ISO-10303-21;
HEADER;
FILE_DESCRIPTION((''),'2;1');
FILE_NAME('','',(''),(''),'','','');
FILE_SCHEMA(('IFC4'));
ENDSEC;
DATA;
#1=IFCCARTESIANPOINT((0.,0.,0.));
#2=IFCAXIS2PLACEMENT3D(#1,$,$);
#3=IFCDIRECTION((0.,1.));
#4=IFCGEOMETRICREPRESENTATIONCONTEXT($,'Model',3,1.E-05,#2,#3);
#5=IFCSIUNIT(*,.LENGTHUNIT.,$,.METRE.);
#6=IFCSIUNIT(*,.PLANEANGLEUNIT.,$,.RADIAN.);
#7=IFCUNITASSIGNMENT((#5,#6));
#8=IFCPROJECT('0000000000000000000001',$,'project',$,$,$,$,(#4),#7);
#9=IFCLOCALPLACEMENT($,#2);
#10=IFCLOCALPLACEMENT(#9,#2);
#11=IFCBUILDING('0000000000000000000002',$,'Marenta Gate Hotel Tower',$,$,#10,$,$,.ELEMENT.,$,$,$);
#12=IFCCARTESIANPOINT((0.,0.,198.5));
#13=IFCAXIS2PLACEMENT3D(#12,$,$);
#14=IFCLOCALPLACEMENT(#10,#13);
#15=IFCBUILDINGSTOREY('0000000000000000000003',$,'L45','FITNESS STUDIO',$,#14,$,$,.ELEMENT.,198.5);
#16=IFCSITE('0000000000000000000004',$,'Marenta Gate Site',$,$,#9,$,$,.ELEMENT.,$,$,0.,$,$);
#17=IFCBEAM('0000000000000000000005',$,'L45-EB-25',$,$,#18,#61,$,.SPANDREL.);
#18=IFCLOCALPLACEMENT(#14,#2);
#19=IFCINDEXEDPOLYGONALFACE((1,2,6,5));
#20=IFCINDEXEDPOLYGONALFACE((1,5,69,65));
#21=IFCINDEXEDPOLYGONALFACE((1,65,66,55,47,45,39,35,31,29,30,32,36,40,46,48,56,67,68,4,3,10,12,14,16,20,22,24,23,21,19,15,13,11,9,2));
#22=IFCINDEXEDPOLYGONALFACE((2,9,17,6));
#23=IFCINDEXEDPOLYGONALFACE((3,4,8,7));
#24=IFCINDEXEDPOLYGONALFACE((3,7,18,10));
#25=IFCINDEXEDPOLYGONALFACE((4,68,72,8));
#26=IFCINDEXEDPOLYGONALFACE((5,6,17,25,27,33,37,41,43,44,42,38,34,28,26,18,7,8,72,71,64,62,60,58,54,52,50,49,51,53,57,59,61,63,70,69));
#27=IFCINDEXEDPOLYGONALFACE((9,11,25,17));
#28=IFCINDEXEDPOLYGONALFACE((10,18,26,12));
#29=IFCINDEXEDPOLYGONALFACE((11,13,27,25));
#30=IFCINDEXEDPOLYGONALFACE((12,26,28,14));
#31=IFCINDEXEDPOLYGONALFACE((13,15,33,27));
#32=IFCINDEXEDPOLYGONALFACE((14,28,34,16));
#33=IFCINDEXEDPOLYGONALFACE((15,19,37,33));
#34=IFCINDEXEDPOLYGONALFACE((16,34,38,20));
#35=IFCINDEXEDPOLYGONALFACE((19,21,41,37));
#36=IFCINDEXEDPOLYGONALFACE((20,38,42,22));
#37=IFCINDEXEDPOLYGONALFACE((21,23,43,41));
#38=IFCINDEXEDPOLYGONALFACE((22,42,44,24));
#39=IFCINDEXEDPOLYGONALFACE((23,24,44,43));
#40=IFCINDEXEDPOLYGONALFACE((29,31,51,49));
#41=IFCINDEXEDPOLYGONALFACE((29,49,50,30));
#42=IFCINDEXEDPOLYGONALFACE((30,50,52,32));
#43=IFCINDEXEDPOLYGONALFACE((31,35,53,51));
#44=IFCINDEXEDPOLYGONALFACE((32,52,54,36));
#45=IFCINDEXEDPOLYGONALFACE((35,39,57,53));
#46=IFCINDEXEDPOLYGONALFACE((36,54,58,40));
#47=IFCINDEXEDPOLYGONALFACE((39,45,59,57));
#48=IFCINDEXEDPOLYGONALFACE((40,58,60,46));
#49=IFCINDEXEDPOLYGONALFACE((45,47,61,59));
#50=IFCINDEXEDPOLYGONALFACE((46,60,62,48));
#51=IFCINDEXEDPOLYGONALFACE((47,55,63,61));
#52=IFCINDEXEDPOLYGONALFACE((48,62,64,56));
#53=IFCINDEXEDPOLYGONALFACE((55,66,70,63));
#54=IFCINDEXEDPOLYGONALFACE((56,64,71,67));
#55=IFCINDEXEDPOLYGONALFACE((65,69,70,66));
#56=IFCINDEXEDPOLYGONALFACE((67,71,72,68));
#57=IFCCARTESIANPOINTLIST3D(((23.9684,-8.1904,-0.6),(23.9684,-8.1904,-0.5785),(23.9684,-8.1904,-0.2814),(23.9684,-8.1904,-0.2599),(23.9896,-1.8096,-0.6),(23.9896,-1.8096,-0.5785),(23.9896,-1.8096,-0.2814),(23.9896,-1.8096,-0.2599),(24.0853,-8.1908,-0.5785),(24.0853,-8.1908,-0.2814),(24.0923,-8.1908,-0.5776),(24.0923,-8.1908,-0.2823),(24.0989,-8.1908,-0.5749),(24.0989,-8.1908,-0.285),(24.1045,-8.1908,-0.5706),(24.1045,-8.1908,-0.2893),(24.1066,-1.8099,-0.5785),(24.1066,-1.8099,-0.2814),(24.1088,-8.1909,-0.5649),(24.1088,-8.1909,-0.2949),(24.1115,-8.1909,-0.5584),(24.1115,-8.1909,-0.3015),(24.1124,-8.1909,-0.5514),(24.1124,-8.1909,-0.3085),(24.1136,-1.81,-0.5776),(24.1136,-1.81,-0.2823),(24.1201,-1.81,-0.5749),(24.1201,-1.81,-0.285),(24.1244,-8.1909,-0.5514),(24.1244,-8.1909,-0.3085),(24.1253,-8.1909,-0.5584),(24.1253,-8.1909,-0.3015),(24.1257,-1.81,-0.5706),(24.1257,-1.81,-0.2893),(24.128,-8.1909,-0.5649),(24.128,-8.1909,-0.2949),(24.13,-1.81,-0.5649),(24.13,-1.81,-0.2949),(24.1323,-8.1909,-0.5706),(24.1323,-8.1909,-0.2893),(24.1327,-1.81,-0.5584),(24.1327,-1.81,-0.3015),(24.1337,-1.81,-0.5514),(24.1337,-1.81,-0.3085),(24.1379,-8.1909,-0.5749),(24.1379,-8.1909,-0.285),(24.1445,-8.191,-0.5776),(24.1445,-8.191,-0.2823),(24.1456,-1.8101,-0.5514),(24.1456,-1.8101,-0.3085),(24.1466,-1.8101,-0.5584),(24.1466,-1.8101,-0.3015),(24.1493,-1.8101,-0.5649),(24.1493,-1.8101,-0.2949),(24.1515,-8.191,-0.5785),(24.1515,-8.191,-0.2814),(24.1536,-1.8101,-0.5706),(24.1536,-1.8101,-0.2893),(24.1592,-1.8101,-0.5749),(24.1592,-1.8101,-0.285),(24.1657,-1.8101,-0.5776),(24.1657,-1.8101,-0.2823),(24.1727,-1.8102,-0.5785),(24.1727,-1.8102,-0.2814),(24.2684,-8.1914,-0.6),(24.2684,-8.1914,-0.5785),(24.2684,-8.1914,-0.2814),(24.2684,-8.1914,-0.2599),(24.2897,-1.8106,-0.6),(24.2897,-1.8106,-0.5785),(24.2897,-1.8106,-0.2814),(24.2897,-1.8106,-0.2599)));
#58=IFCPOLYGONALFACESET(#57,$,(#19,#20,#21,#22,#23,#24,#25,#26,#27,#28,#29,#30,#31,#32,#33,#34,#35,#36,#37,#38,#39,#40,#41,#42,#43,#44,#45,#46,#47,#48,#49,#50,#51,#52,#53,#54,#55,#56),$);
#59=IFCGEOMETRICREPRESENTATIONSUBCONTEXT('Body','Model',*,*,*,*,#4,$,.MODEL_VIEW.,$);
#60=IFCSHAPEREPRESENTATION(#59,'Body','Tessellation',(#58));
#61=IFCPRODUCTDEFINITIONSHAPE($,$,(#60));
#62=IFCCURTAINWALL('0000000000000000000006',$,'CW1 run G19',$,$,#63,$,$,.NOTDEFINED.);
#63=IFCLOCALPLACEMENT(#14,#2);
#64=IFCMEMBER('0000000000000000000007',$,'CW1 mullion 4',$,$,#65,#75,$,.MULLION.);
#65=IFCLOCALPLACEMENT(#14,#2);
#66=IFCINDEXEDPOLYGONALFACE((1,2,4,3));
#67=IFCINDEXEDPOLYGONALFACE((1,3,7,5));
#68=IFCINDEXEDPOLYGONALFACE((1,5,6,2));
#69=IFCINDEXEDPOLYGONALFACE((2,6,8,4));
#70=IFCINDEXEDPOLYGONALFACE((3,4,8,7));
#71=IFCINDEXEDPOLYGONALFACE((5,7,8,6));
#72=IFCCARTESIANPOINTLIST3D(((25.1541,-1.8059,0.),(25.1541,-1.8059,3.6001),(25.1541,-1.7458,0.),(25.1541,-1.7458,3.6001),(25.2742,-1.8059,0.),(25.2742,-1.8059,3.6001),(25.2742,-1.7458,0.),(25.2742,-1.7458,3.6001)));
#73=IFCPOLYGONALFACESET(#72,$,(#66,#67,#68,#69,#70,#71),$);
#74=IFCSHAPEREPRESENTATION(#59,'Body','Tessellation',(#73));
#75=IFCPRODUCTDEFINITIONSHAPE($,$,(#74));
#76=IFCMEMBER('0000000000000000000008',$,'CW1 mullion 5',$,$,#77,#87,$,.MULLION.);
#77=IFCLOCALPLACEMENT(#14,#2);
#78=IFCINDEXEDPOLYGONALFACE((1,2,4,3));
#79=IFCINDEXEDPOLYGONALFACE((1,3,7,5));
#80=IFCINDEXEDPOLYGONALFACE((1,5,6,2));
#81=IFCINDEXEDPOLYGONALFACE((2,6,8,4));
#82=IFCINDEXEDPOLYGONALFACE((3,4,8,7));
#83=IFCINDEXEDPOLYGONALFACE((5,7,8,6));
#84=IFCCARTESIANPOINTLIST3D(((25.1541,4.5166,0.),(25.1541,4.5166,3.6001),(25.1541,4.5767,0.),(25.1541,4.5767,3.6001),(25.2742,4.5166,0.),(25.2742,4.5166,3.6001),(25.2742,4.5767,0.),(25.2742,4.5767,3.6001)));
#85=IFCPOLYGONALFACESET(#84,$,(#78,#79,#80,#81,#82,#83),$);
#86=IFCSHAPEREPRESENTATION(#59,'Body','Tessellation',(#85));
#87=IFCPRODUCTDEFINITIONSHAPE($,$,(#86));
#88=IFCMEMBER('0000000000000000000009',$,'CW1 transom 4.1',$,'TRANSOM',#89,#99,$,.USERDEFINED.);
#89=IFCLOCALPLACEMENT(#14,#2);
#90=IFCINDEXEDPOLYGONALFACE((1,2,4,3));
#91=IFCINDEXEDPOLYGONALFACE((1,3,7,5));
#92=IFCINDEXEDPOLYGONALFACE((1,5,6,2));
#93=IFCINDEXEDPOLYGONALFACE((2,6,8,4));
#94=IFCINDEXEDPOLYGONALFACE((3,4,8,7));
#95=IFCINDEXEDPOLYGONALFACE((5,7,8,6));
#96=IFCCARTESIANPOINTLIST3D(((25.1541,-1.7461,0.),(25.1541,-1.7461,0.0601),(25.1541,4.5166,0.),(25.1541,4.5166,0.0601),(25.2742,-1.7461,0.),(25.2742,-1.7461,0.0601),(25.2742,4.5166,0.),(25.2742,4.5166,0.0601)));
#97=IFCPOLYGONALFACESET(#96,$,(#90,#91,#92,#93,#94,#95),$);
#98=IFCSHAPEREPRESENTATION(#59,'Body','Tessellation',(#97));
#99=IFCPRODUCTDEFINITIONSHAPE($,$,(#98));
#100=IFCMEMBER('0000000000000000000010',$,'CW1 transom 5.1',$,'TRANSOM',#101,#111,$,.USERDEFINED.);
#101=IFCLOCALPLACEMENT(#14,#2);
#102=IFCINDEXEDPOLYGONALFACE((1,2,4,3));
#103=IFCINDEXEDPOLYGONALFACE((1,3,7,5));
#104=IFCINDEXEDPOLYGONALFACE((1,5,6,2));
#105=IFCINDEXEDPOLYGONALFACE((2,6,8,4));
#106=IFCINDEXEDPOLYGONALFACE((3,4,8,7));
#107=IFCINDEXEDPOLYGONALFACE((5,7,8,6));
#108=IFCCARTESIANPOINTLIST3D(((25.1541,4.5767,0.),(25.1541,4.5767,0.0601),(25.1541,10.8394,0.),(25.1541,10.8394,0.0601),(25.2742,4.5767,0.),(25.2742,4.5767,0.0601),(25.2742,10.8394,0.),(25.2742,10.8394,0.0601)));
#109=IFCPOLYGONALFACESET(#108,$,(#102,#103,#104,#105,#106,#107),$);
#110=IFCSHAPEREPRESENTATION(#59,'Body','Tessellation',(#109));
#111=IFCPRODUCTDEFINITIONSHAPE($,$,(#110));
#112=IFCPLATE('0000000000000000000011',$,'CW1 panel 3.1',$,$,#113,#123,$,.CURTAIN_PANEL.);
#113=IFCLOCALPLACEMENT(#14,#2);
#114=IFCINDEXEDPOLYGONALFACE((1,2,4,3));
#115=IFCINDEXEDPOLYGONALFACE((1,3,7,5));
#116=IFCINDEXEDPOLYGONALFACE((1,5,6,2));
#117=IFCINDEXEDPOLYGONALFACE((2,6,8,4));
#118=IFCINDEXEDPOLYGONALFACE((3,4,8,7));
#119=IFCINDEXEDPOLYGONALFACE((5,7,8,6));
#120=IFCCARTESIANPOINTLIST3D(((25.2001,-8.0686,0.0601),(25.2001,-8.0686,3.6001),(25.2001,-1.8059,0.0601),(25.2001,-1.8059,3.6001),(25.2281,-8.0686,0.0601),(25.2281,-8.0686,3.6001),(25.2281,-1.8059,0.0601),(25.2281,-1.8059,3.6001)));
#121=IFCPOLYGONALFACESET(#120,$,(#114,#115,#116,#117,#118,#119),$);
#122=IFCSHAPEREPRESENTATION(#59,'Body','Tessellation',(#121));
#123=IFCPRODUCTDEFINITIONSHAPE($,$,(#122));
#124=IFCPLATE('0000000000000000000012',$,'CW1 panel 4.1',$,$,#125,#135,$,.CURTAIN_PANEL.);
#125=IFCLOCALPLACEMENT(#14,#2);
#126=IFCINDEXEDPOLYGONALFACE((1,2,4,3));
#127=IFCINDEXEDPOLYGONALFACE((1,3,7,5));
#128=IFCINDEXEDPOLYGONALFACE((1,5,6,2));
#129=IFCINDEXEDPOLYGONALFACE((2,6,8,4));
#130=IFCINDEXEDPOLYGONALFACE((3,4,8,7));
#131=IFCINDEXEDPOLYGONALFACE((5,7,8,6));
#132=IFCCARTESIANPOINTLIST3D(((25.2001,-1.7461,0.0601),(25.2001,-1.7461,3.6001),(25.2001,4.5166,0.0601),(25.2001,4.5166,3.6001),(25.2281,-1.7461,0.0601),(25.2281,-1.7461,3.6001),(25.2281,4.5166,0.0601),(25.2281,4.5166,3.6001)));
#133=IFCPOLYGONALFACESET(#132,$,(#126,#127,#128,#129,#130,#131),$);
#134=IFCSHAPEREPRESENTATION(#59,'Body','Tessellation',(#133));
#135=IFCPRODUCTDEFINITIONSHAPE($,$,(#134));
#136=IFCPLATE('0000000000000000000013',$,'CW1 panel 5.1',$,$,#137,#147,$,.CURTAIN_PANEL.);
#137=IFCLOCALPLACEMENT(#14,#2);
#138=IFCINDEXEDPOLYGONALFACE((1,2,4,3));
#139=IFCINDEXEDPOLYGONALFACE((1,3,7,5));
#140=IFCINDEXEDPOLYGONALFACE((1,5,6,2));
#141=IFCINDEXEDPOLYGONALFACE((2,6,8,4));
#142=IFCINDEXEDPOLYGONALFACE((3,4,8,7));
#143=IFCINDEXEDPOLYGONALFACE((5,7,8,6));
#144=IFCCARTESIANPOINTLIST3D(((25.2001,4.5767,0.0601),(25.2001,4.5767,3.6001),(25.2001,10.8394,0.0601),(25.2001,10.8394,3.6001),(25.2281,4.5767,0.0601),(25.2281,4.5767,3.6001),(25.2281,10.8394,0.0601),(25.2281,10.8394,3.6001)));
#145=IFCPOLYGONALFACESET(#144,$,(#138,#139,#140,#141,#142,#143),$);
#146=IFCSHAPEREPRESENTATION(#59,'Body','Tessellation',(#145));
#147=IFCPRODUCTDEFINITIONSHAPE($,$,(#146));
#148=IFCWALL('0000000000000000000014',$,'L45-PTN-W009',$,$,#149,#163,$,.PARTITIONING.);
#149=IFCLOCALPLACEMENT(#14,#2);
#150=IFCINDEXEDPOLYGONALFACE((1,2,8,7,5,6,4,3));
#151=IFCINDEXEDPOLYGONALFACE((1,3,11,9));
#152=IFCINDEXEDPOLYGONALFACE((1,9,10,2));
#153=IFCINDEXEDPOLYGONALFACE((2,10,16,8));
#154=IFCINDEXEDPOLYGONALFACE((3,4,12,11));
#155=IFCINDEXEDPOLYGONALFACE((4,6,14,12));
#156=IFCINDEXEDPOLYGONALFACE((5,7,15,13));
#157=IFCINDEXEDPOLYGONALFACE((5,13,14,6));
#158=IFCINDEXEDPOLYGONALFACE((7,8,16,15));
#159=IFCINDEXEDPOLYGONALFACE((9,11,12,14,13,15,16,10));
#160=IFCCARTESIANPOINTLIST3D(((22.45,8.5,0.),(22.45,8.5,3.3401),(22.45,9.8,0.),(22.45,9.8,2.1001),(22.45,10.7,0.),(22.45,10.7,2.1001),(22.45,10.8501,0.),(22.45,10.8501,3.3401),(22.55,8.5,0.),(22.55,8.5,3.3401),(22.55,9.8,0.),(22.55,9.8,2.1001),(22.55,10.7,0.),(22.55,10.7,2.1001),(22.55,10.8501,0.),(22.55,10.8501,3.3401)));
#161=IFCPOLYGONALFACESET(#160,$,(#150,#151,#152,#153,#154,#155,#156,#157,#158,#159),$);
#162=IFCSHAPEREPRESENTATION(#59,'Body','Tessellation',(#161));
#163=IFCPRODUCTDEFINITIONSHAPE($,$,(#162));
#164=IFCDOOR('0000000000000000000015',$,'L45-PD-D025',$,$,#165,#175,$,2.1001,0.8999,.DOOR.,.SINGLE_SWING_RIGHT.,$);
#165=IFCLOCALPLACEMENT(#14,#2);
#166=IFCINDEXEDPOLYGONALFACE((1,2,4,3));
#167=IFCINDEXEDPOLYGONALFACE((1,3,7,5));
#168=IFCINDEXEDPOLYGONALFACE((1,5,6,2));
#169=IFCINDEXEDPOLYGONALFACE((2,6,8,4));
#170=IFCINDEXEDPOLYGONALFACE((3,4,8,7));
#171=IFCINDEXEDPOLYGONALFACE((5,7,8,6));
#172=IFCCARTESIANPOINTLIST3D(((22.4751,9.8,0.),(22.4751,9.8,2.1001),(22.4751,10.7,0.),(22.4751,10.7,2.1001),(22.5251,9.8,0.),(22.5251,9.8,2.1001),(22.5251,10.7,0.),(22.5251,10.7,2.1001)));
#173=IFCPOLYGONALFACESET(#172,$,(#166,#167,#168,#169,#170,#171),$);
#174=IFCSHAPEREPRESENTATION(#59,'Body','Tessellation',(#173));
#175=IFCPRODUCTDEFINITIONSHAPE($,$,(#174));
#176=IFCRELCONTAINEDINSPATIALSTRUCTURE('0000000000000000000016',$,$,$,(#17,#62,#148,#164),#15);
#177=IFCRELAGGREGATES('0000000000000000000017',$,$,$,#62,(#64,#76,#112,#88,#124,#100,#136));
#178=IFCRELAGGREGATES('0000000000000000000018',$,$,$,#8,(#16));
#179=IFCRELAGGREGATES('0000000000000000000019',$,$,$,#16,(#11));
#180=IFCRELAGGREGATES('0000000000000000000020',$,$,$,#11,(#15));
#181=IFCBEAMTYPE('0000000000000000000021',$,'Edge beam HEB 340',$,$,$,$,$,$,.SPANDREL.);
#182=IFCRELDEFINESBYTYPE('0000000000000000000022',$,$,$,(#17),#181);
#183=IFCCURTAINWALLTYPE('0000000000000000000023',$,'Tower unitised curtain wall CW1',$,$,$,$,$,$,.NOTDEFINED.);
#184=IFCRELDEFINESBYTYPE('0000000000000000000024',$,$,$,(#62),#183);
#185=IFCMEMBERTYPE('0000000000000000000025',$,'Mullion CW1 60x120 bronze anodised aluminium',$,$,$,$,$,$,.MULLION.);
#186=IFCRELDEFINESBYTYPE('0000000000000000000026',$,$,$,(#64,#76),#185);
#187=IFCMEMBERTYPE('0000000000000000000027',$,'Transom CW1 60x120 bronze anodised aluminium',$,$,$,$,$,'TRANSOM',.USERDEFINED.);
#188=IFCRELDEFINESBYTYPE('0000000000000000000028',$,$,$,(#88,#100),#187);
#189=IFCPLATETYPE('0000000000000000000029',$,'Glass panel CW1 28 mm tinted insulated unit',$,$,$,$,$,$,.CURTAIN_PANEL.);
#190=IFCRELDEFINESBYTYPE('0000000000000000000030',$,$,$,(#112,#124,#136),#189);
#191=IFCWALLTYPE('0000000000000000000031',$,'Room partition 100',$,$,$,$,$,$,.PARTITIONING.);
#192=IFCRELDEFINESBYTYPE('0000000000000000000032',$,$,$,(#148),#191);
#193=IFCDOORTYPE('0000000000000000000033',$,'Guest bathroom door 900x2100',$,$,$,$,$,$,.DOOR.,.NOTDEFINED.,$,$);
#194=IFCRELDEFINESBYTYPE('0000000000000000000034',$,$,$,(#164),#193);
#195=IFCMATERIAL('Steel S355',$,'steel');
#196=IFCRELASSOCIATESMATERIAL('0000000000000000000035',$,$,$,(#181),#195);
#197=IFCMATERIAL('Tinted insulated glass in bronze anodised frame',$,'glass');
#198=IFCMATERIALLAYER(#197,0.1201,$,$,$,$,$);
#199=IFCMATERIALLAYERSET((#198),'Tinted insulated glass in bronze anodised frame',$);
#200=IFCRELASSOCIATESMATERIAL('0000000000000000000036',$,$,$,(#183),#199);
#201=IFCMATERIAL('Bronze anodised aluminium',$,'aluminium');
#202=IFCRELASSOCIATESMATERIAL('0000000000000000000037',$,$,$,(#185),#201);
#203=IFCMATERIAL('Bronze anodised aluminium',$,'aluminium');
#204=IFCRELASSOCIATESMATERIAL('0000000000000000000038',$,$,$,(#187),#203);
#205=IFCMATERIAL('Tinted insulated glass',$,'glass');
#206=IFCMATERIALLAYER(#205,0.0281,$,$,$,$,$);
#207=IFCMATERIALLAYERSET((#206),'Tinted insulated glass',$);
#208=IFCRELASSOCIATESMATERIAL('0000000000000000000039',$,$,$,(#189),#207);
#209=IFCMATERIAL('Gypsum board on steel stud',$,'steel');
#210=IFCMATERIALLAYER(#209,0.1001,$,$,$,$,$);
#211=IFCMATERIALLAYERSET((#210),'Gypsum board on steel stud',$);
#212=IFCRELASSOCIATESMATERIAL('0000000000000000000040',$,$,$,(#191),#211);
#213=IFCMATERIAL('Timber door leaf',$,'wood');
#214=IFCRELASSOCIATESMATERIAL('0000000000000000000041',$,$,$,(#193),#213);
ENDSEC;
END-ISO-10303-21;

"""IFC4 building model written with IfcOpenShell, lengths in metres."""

from ifc_helpers import new_model, si_unit, direction, frame, frame_2d, origin, origin_2d, place, context, subcontext, project, spatial, rectangle, i_section, extrude, material, layer, layer_set, material_profile, profile_set, type_object, element, fill, aggregate, save


model = new_model("IFC4")

# Units and contexts
model_context = context("Model", 3, precision=1e-05, world=origin(), true_north=direction((0.0, 1.0)))
body_context = subcontext(model_context, "Body", "Model", "MODEL_VIEW")
ifc_project = project(units=[si_unit("LENGTHUNIT", "METRE"), si_unit("PLANEANGLEUNIT", "RADIAN")], contexts=[model_context])

# Site, building, storey
site_placement = place(None, origin())
site = spatial("IfcSite", under=ifc_project, at=site_placement, Name="Marenta Gate Site", CompositionType="ELEMENT", RefElevation=0.0)
building_placement = place(site_placement, origin())
building = spatial("IfcBuilding", under=site, at=building_placement, Name="Marenta Gate Hotel Tower", CompositionType="ELEMENT")
storey_placement = place(building_placement, frame((0.0, 0.0, 198.5)))
storey = spatial("IfcBuildingStorey", under=building, at=storey_placement, Name="L45", Description="FITNESS STUDIO", CompositionType="ELEMENT", Elevation=198.5)

# Beam
ifc_material_1 = material(Name="Steel S355", Category="steel")
ifc_material_profile_1 = material_profile(ifc_material_1, i_section(OverallWidth=0.3, OverallDepth=0.3401, WebThickness=0.012, FlangeThickness=0.0215, FilletRadius=0.0271, at=origin_2d()), Name="HEB 340")
ifc_profile_set_1 = profile_set([ifc_material_profile_1], Name="Steel S355")
beam_type = type_object("IfcBeamType", Name="Edge beam HEB 340", PredefinedType="SPANDREL", material=ifc_profile_set_1)
beam_1_placement = place(storey_placement, frame((24.1396, -1.8101, -0.4299), z_axis=(-0.003329, -0.999994, 0.0), x_axis=(0.999994, -0.003329, 0.0)))
element("IfcBeam", 1, at=beam_1_placement, inside=storey, type_object=beam_type, Name="L45-EB-25", PredefinedType="SPANDREL", context=body_context, shape_type="SweptSolid", body=[
    extrude(i_section(OverallWidth=0.3, OverallDepth=0.3401, WebThickness=0.012, FlangeThickness=0.0215, FilletRadius=0.0271, at=origin_2d()), origin(), (0.0, 0.0, 1.0), 6.3809),
])

# Curtain wall, members, plates
ifc_material_2 = material(Name="Tinted insulated glass in bronze anodised frame", Category="glass")
ifc_layer_1 = layer(ifc_material_2, 0.1201)
ifc_layer_set_1 = layer_set([ifc_layer_1], Name="Tinted insulated glass in bronze anodised frame")
curtain_wall_type = type_object("IfcCurtainWallType", Name="Tower unitised curtain wall CW1", PredefinedType="NOTDEFINED", material=ifc_layer_set_1)
curtain_wall_placement = place(storey_placement, origin())
curtain_wall = element("IfcCurtainWall", 2, at=curtain_wall_placement, inside=storey, type_object=curtain_wall_type, Name="CW1 run G19", PredefinedType="NOTDEFINED")
ifc_material_3 = material(Name="Bronze anodised aluminium", Category="aluminium")
ifc_material_profile_2 = material_profile(ifc_material_3, rectangle(XDim=0.1201, YDim=0.0601, at=origin_2d()), Name="Mullion CW1 60x120 bronze anodised aluminium")
ifc_profile_set_2 = profile_set([ifc_material_profile_2], Name="Bronze anodised aluminium")
member_type_1 = type_object("IfcMemberType", Name="Mullion CW1 60x120 bronze anodised aluminium", PredefinedType="MULLION", material=ifc_profile_set_2)
member_1_placement = place(storey_placement, frame((25.2141, -1.7759, 0.0), z_axis=(0.0, 0.0, 1.0), x_axis=(-1.0, 0.0, 0.0)))
member_1 = element("IfcMember", 3, at=member_1_placement, type_object=member_type_1, Name="CW1 mullion 4", PredefinedType="MULLION", context=body_context, shape_type="SweptSolid", body=[
    extrude(rectangle(XDim=0.1201, YDim=0.0601, at=origin_2d()), origin(), (0.0, 0.0, 1.0), 3.6001),
])
member_2_placement = place(storey_placement, frame((25.2141, 4.5466, 0.0), z_axis=(0.0, 0.0, 1.0), x_axis=(-1.0, 0.0, 0.0)))
member_2 = element("IfcMember", 4, at=member_2_placement, type_object=member_type_1, Name="CW1 mullion 5", PredefinedType="MULLION", context=body_context, shape_type="SweptSolid", body=[
    extrude(rectangle(XDim=0.1201, YDim=0.0601, at=origin_2d()), origin(), (0.0, 0.0, 1.0), 3.6001),
])
ifc_material_4 = material(Name="Bronze anodised aluminium", Category="aluminium")
ifc_material_profile_3 = material_profile(ifc_material_4, rectangle(XDim=0.1201, YDim=0.0601, at=origin_2d()), Name="Transom CW1 60x120 bronze anodised aluminium")
ifc_profile_set_3 = profile_set([ifc_material_profile_3], Name="Bronze anodised aluminium")
member_type_2 = type_object("IfcMemberType", Name="Transom CW1 60x120 bronze anodised aluminium", ElementType="TRANSOM", PredefinedType="USERDEFINED", material=ifc_profile_set_3)
member_3_placement = place(storey_placement, frame((25.2141, -1.7461, 0.03), z_axis=(0.0, 1.0, 0.0), x_axis=(-1.0, 0.0, 0.0)))
member_3 = element("IfcMember", 5, at=member_3_placement, type_object=member_type_2, Name="CW1 transom 4.1", ObjectType="TRANSOM", PredefinedType="USERDEFINED", context=body_context, shape_type="SweptSolid", body=[
    extrude(rectangle(XDim=0.1201, YDim=0.0601, at=origin_2d()), origin(), (0.0, 0.0, 1.0), 6.2627),
])
member_4_placement = place(storey_placement, frame((25.2141, 4.5767, 0.03), z_axis=(0.0, 1.0, 0.0), x_axis=(-1.0, 0.0, 0.0)))
member_4 = element("IfcMember", 6, at=member_4_placement, type_object=member_type_2, Name="CW1 transom 5.1", ObjectType="TRANSOM", PredefinedType="USERDEFINED", context=body_context, shape_type="SweptSolid", body=[
    extrude(rectangle(XDim=0.1201, YDim=0.0601, at=origin_2d()), origin(), (0.0, 0.0, 1.0), 6.2627),
])
ifc_material_5 = material(Name="Tinted insulated glass", Category="glass")
ifc_layer_2 = layer(ifc_material_5, 0.0281)
ifc_layer_set_2 = layer_set([ifc_layer_2], Name="Tinted insulated glass")
plate_type = type_object("IfcPlateType", Name="Glass panel CW1 28 mm tinted insulated unit", PredefinedType="CURTAIN_PANEL", material=ifc_layer_set_2)
plate_1_placement = place(storey_placement, frame((25.2141, -4.9373, 0.0601), z_axis=(0.0, 0.0, 1.0), x_axis=(0.0, 1.0, 0.0)))
plate_1 = element("IfcPlate", 7, at=plate_1_placement, type_object=plate_type, Name="CW1 panel 3.1", PredefinedType="CURTAIN_PANEL", context=body_context, shape_type="SweptSolid", body=[
    extrude(rectangle(XDim=6.2627, YDim=0.0281, at=origin_2d()), origin(), (0.0, 0.0, 1.0), 3.54),
])
plate_2_placement = place(storey_placement, frame((25.2141, 1.3853, 0.0601), z_axis=(0.0, 0.0, 1.0), x_axis=(0.0, 1.0, 0.0)))
plate_2 = element("IfcPlate", 8, at=plate_2_placement, type_object=plate_type, Name="CW1 panel 4.1", PredefinedType="CURTAIN_PANEL", context=body_context, shape_type="SweptSolid", body=[
    extrude(rectangle(XDim=6.2627, YDim=0.0281, at=origin_2d()), origin(), (0.0, 0.0, 1.0), 3.54),
])
plate_3_placement = place(storey_placement, frame((25.2141, 7.708, 0.0601), z_axis=(0.0, 0.0, 1.0), x_axis=(0.0, 1.0, 0.0)))
plate_3 = element("IfcPlate", 9, at=plate_3_placement, type_object=plate_type, Name="CW1 panel 5.1", PredefinedType="CURTAIN_PANEL", context=body_context, shape_type="SweptSolid", body=[
    extrude(rectangle(XDim=6.2627, YDim=0.0281, at=origin_2d()), origin(), (0.0, 0.0, 1.0), 3.54),
])
aggregate(curtain_wall, [member_1, member_2, plate_1, member_3, plate_2, member_4, plate_3])

# Wall, opening, door
ifc_material_6 = material(Name="Gypsum board on steel stud", Category="steel")
ifc_layer_3 = layer(ifc_material_6, 0.1001)
ifc_layer_set_3 = layer_set([ifc_layer_3], Name="Gypsum board on steel stud")
wall_type = type_object("IfcWallType", Name="Room partition 100", PredefinedType="PARTITIONING", material=ifc_layer_set_3)
wall_placement = place(storey_placement, frame((22.5, 8.5, 0.0), z_axis=(0.0, 0.0, 1.0), x_axis=(0.0, 1.0, 0.0)))
wall = element("IfcWall", 10, at=wall_placement, inside=storey, type_object=wall_type, Name="L45-PTN-W009", PredefinedType="PARTITIONING", context=body_context, shape_type="SweptSolid", body=[
    extrude(rectangle(XDim=2.3501, YDim=0.1001, at=frame_2d((1.175, 0.0))), origin(), (0.0, 0.0, 1.0), 3.3401),
])
opening_placement = place(wall_placement, frame((1.3, 0.0, 0.0)))
opening = element("IfcOpeningElement", 11, at=opening_placement, cuts=wall, PredefinedType="OPENING", context=body_context, shape_type="SweptSolid", body=[
    extrude(rectangle(XDim=0.8999, YDim=2.1001, at=frame_2d((0.45, 1.05))), frame((0.0, 0.05, 0.0), z_axis=(0.0, -1.0, 0.0), x_axis=(1.0, 0.0, 0.0)), (0.0, 0.0, 1.0), 0.1001),
])
ifc_material_7 = material(Name="Timber door leaf", Category="wood")
door_type = type_object("IfcDoorType", Name="Guest bathroom door 900x2100", OperationType="NOTDEFINED", PredefinedType="DOOR", material=ifc_material_7)
door_placement = place(opening_placement, origin())
door = element("IfcDoor", 12, at=door_placement, inside=storey, type_object=door_type, Name="L45-PD-D025", OperationType="SINGLE_SWING_RIGHT", OverallHeight=2.1001, OverallWidth=0.8999, PredefinedType="DOOR", context=body_context, shape_type="SweptSolid", body=[
    extrude(rectangle(XDim=0.8999, YDim=2.1001, at=frame_2d((0.45, 1.05))), frame((0.0, 0.0249, 0.0), z_axis=(0.0, -1.0, 0.0), x_axis=(1.0, 0.0, 0.0)), (0.0, 0.0, 1.0), 0.05),
])
fill(opening, door)

save(model, "model.ifc")
